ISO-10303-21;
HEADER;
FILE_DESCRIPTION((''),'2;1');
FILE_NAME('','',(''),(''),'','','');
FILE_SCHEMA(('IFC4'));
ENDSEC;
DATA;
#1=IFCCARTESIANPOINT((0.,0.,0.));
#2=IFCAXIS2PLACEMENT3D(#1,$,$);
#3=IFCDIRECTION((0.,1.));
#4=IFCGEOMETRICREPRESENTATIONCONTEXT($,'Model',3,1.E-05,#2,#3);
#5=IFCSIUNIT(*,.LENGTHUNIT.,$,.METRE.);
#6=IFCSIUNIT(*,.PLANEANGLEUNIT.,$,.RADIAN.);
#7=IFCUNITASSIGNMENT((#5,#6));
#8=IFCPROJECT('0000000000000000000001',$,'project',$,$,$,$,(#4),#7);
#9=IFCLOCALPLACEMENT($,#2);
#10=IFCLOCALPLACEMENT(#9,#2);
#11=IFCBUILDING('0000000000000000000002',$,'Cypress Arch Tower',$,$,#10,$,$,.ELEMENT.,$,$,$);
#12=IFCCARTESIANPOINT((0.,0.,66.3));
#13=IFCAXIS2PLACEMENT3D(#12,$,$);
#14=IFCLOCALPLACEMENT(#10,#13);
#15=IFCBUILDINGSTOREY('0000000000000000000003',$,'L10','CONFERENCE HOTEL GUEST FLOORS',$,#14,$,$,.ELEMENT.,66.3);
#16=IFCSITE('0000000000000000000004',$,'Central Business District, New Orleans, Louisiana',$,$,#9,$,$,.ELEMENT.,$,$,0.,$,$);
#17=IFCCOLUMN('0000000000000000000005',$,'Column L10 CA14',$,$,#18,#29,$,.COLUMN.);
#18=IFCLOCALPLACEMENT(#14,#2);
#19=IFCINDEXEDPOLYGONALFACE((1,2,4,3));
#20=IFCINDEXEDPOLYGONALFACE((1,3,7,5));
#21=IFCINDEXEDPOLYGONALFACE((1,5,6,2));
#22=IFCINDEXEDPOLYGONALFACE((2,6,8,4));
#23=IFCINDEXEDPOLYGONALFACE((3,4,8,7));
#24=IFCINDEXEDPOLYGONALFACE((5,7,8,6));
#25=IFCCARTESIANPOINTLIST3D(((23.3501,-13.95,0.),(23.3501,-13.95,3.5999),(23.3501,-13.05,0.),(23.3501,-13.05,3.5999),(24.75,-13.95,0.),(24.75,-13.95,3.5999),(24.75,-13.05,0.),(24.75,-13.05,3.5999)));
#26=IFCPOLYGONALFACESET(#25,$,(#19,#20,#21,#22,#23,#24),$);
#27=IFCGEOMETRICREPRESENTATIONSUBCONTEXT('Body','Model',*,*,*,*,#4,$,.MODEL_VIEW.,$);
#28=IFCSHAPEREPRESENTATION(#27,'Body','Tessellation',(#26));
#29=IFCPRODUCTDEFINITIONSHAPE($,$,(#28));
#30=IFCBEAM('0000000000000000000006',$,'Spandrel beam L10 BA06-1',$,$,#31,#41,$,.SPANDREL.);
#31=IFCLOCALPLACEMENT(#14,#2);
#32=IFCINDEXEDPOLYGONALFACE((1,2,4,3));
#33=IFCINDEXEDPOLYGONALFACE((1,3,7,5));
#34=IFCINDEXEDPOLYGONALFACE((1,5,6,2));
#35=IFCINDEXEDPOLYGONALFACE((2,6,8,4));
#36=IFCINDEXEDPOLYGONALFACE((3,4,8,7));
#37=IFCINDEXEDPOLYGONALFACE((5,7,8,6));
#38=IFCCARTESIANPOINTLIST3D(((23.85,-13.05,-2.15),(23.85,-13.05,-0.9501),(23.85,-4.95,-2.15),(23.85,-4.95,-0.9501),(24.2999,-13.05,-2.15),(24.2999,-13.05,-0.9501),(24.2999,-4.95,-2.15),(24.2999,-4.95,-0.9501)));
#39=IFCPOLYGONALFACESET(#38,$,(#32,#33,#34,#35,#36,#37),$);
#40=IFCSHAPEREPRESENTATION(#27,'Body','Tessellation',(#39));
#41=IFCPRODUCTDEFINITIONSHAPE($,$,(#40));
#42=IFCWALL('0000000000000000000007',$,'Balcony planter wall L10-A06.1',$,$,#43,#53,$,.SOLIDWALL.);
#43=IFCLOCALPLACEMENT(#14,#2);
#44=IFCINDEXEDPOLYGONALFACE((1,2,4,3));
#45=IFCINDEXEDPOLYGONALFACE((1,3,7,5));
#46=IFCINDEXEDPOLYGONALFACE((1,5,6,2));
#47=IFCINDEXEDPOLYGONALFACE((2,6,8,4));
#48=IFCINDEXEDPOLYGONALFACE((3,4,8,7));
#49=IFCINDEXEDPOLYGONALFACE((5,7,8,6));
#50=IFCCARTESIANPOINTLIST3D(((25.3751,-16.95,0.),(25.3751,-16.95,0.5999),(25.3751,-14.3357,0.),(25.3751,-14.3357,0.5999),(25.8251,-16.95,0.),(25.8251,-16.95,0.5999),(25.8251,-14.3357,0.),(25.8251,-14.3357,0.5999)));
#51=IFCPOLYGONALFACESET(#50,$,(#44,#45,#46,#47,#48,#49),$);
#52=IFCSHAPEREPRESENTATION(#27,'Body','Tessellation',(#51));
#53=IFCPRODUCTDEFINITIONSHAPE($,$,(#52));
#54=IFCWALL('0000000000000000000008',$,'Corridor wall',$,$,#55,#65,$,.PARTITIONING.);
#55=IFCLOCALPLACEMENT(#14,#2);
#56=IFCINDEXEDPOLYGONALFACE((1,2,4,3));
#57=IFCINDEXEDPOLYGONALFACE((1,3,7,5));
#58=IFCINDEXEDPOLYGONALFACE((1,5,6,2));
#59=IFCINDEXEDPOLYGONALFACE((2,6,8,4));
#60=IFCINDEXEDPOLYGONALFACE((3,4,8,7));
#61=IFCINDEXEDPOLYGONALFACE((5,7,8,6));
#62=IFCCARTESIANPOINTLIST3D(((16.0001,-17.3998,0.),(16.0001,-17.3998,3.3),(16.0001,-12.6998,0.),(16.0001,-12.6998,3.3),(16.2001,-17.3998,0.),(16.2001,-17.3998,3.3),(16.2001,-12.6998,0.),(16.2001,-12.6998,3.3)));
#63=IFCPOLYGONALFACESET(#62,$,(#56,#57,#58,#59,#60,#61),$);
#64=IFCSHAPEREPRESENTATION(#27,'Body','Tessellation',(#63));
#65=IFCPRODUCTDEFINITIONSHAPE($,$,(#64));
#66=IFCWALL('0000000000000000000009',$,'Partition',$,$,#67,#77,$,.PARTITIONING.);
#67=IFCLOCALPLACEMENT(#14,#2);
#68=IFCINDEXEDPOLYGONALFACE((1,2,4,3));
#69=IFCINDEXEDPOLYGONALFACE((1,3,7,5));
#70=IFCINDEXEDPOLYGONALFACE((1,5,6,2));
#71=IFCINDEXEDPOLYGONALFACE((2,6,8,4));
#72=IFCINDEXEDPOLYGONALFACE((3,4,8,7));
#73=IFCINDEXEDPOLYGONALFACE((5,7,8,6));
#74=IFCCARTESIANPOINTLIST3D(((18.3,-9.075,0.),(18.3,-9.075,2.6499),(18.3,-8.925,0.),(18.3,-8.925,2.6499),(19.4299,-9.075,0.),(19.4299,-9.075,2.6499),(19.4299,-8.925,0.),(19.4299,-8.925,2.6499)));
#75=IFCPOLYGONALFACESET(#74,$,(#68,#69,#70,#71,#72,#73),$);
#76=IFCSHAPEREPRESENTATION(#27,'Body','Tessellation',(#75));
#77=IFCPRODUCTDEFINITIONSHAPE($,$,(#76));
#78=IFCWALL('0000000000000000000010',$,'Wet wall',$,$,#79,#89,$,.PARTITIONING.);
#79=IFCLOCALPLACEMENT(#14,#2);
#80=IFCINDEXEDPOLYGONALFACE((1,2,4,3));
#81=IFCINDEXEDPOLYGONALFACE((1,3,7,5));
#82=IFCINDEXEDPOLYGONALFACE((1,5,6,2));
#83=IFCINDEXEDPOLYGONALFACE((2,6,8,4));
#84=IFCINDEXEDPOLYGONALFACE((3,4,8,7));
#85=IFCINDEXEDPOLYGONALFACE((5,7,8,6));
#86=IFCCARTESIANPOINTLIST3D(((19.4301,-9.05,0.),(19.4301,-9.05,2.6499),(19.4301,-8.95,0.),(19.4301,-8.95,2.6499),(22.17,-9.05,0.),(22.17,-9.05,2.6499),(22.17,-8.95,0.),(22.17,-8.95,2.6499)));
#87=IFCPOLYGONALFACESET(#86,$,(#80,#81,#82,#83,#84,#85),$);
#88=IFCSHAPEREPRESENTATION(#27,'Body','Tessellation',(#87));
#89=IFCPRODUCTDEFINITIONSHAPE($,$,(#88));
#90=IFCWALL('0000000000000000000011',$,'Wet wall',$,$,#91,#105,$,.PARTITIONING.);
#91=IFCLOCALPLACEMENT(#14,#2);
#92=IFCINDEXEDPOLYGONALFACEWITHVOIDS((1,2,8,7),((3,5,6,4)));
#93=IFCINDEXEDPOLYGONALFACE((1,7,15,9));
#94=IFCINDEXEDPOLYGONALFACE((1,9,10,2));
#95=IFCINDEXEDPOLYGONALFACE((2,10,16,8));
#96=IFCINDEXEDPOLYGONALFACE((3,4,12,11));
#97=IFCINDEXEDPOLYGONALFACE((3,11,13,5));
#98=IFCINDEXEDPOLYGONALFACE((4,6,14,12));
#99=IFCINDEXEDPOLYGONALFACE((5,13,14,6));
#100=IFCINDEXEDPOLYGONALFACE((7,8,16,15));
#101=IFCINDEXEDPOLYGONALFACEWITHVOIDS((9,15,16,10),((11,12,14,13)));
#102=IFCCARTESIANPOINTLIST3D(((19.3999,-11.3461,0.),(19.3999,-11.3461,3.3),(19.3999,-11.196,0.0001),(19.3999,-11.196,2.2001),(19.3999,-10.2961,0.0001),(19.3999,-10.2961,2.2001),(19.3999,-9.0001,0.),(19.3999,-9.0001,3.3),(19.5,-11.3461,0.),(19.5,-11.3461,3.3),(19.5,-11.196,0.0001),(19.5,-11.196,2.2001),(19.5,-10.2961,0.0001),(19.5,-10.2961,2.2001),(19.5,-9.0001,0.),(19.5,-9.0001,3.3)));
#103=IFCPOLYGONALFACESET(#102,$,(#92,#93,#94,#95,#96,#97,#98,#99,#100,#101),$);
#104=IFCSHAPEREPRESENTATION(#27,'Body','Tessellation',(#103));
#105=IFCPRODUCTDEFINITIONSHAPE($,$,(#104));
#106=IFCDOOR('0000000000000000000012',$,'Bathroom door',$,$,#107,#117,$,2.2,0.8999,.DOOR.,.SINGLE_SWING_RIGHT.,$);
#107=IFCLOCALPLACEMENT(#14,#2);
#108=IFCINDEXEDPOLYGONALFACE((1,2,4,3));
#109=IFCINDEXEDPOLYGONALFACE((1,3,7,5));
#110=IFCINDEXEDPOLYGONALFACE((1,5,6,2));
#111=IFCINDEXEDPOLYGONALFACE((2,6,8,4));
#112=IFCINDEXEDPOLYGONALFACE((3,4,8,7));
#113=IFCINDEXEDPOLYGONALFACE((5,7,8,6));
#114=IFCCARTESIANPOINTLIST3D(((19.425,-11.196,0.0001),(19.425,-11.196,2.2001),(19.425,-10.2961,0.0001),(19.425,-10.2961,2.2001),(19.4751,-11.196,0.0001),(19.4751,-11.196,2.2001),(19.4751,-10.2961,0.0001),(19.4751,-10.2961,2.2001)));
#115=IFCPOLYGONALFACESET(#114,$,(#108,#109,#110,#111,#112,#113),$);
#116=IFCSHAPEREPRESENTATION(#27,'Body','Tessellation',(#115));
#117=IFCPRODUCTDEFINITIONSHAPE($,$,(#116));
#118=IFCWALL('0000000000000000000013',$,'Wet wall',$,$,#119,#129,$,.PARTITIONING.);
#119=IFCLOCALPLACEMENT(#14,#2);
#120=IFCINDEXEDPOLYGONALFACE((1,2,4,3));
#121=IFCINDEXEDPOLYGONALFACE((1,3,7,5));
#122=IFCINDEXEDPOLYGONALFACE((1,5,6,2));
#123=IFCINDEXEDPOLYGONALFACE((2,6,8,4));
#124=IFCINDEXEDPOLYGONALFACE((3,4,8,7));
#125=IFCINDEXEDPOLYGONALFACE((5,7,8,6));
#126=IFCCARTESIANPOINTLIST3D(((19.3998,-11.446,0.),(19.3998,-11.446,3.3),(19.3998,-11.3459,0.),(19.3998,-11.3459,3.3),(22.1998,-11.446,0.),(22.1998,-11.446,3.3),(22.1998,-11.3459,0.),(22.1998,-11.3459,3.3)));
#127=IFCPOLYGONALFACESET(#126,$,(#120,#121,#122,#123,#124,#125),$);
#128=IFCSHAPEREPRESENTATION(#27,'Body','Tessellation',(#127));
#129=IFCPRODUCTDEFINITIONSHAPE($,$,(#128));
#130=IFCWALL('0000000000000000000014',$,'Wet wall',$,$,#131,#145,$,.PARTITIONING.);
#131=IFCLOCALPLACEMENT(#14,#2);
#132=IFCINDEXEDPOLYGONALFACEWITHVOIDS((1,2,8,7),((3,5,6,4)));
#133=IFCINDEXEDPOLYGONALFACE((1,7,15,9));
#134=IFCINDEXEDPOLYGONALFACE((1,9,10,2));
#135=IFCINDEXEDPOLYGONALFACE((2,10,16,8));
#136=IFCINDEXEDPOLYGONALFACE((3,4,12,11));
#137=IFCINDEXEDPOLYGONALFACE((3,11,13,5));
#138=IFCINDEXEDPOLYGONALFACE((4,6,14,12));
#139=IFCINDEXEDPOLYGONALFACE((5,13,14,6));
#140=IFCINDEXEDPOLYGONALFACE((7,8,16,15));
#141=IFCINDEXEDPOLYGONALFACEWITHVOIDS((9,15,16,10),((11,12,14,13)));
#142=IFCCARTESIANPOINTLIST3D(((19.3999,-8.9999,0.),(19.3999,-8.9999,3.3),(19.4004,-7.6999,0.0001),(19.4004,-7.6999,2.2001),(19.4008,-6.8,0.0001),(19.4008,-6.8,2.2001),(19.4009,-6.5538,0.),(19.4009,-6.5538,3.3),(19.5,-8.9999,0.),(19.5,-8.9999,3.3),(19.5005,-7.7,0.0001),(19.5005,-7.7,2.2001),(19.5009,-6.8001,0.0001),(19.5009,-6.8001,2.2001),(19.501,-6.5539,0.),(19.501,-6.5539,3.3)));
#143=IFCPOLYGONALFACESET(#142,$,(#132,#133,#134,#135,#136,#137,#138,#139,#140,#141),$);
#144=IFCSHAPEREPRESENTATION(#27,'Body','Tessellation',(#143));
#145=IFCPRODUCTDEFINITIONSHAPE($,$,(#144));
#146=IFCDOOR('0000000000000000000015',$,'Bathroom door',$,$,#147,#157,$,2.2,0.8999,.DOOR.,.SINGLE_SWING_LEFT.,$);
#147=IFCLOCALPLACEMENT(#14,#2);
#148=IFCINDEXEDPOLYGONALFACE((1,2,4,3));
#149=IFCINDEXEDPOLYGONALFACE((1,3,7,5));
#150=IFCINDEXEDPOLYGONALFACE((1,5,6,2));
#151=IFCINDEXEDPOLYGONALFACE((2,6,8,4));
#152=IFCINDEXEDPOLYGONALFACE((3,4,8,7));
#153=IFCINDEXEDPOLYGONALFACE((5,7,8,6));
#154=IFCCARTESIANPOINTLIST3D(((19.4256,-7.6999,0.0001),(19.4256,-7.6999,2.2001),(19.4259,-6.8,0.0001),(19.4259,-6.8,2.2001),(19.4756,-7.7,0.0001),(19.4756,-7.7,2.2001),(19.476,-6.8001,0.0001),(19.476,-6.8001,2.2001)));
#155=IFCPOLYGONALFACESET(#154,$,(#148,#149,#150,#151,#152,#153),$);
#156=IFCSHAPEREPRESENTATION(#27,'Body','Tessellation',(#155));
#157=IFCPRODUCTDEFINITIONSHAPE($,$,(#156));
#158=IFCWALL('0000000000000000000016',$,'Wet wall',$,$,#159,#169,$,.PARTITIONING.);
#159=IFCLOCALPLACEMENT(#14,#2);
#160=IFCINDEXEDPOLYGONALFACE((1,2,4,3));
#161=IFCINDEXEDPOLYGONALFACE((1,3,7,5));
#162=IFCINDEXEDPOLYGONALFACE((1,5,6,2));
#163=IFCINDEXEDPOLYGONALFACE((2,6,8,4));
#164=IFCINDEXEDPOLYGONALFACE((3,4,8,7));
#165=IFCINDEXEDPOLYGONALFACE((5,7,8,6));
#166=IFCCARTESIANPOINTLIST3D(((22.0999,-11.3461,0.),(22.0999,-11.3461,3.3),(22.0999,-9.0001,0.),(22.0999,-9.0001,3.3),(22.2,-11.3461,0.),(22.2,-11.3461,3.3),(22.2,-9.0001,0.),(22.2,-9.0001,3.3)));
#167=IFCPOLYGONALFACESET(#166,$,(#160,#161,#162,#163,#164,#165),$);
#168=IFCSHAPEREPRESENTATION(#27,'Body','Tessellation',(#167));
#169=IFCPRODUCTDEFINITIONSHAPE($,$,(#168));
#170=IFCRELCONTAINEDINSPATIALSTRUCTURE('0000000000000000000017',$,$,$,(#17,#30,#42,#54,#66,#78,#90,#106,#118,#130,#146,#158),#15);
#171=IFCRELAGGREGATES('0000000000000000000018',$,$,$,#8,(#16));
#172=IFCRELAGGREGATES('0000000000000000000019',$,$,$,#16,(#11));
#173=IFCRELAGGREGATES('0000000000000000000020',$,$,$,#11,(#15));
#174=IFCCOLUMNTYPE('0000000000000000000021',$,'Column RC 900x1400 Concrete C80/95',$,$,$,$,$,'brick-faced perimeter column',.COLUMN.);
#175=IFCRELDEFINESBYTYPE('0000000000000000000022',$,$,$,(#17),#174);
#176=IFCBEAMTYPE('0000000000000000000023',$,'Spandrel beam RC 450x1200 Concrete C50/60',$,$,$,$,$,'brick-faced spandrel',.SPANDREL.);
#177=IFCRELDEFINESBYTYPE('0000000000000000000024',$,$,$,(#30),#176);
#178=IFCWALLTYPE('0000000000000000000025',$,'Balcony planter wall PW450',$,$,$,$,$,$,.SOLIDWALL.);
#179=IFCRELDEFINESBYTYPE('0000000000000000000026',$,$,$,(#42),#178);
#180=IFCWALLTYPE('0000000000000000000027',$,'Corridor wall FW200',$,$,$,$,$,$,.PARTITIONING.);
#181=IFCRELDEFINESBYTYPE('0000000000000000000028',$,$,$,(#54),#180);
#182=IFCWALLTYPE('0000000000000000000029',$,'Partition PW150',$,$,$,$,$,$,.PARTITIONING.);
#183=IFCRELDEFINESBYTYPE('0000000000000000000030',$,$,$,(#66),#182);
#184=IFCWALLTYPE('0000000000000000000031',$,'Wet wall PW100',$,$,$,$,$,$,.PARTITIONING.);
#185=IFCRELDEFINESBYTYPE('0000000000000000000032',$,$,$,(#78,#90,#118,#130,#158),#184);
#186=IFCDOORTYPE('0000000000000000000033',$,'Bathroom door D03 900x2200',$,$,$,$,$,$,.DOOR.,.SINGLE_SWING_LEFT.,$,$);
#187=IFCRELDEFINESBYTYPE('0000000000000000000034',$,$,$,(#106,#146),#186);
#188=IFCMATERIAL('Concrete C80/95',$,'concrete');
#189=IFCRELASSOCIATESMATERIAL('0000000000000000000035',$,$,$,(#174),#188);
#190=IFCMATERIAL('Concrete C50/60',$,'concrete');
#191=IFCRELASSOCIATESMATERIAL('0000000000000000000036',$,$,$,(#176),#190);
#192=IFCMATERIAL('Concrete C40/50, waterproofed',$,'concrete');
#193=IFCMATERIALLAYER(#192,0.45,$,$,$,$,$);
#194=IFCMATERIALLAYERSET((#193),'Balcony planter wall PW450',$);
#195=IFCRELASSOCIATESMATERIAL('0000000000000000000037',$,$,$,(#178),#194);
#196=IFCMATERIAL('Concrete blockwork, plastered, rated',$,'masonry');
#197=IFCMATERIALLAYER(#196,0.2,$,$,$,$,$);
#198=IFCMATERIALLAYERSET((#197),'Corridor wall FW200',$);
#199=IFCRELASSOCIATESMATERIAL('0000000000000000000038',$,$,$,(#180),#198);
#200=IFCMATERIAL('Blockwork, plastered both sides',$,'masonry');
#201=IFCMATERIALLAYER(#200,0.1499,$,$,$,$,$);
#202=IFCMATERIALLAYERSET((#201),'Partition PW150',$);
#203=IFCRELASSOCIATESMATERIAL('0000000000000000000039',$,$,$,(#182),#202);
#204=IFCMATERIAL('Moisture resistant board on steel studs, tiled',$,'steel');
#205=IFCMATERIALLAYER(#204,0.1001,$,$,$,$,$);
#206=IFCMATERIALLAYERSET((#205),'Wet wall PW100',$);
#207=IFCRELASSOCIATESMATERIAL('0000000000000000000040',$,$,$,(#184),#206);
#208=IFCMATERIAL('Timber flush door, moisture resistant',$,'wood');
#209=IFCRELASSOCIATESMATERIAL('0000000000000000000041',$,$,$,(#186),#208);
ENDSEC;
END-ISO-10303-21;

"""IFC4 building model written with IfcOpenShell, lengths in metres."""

from ifc_helpers import new_model, si_unit, direction, frame, frame_2d, origin, origin_2d, place, context, subcontext, project, spatial, rectangle, extrude, material, layer, layer_set, material_profile, profile_set, type_object, element, fill, save


model = new_model("IFC4")

# Units and contexts
model_context = context("Model", 3, precision=1e-05, world=origin(), true_north=direction((0.0, 1.0)))
body_context = subcontext(model_context, "Body", "Model", "MODEL_VIEW")
ifc_project = project(units=[si_unit("LENGTHUNIT", "METRE"), si_unit("PLANEANGLEUNIT", "RADIAN")], contexts=[model_context])

# Site, building, storey
site_placement = place(None, origin())
site = spatial("IfcSite", under=ifc_project, at=site_placement, Name="Central Business District, New Orleans, Louisiana", CompositionType="ELEMENT", RefElevation=0.0)
building_placement = place(site_placement, origin())
building = spatial("IfcBuilding", under=site, at=building_placement, Name="Cypress Arch Tower", CompositionType="ELEMENT")
storey_placement = place(building_placement, frame((0.0, 0.0, 66.3)))
storey = spatial("IfcBuildingStorey", under=building, at=storey_placement, Name="L10", Description="CONFERENCE HOTEL GUEST FLOORS", CompositionType="ELEMENT", Elevation=66.3)

# Column
ifc_material_1 = material(Name="Concrete C80/95", Category="concrete")
ifc_material_profile_1 = material_profile(ifc_material_1, rectangle(XDim=0.8999, YDim=1.3999, at=origin_2d()), Name="RC 900x1400")
ifc_profile_set_1 = profile_set([ifc_material_profile_1], Name="Concrete C80/95")
column_type = type_object("IfcColumnType", Name="Column RC 900x1400 Concrete C80/95", ElementType="brick-faced perimeter column", PredefinedType="COLUMN", material=ifc_profile_set_1)
column_placement = place(storey_placement, frame((24.05, -13.5, 0.0), z_axis=(0.0, 0.0, 1.0), x_axis=(0.0, 1.0, 0.0)))
element("IfcColumn", 1, at=column_placement, inside=storey, type_object=column_type, Name="Column L10 CA14", PredefinedType="COLUMN", context=body_context, shape_type="SweptSolid", body=[
    extrude(rectangle(XDim=0.8999, YDim=1.3999, at=origin_2d()), origin(), (0.0, 0.0, 1.0), 3.5999),
])

# Beam
ifc_material_2 = material(Name="Concrete C50/60", Category="concrete")
ifc_material_profile_2 = material_profile(ifc_material_2, rectangle(XDim=0.45, YDim=1.2, at=origin_2d()), Name="RC 450x1200")
ifc_profile_set_2 = profile_set([ifc_material_profile_2], Name="Concrete C50/60")
beam_type = type_object("IfcBeamType", Name="Spandrel beam RC 450x1200 Concrete C50/60", ElementType="brick-faced spandrel", PredefinedType="SPANDREL", material=ifc_profile_set_2)
beam_placement = place(storey_placement, frame((24.075, -13.05, -1.55), z_axis=(0.0, 1.0, 0.0), x_axis=(-1.0, 0.0, 0.0)))
element("IfcBeam", 2, at=beam_placement, inside=storey, type_object=beam_type, Name="Spandrel beam L10 BA06-1", PredefinedType="SPANDREL", context=body_context, shape_type="SweptSolid", body=[
    extrude(rectangle(XDim=0.45, YDim=1.2, at=origin_2d()), origin(), (0.0, 0.0, 1.0), 8.1001),
])

# Wall
ifc_material_3 = material(Name="Concrete C40/50, waterproofed", Category="concrete")
ifc_layer_1 = layer(ifc_material_3, 0.45)
ifc_layer_set_1 = layer_set([ifc_layer_1], Name="Balcony planter wall PW450")
wall_type_1 = type_object("IfcWallType", Name="Balcony planter wall PW450", PredefinedType="SOLIDWALL", material=ifc_layer_set_1)
wall_1_placement = place(storey_placement, frame((25.6001, -16.95, 0.0), z_axis=(0.0, 0.0, 1.0), x_axis=(0.0, 1.0, 0.0)))
element("IfcWall", 3, at=wall_1_placement, inside=storey, type_object=wall_type_1, Name="Balcony planter wall L10-A06.1", PredefinedType="SOLIDWALL", context=body_context, shape_type="SweptSolid", body=[
    extrude(rectangle(XDim=2.6143, YDim=0.45, at=frame_2d((1.3071, 0.0))), origin(), (0.0, 0.0, 1.0), 0.5999),
])

# Walls
ifc_material_4 = material(Name="Concrete blockwork, plastered, rated", Category="masonry")
ifc_layer_2 = layer(ifc_material_4, 0.2)
ifc_layer_set_2 = layer_set([ifc_layer_2], Name="Corridor wall FW200")
wall_type_2 = type_object("IfcWallType", Name="Corridor wall FW200", PredefinedType="PARTITIONING", material=ifc_layer_set_2)
wall_2_placement = place(storey_placement, frame((16.1001, -17.3999, 0.0), z_axis=(0.0, 0.0, 1.0), x_axis=(0.0, 1.0, 0.0)))
element("IfcWall", 4, at=wall_2_placement, inside=storey, type_object=wall_type_2, Name="Corridor wall", PredefinedType="PARTITIONING", context=body_context, shape_type="SweptSolid", body=[
    extrude(rectangle(XDim=4.7, YDim=0.2, at=frame_2d((2.3501, 0.0))), origin(), (0.0, 0.0, 1.0), 3.3),
])
ifc_material_5 = material(Name="Blockwork, plastered both sides", Category="masonry")
ifc_layer_3 = layer(ifc_material_5, 0.1499)
ifc_layer_set_3 = layer_set([ifc_layer_3], Name="Partition PW150")
wall_type_3 = type_object("IfcWallType", Name="Partition PW150", PredefinedType="PARTITIONING", material=ifc_layer_set_3)
wall_3_placement = place(storey_placement, frame((18.3, -9.0, 0.0), z_axis=(0.0, 0.0, 1.0), x_axis=(1.0, 0.0, 0.0)))
element("IfcWall", 5, at=wall_3_placement, inside=storey, type_object=wall_type_3, Name="Partition", PredefinedType="PARTITIONING", context=body_context, shape_type="SweptSolid", body=[
    extrude(rectangle(XDim=1.1299, YDim=0.1499, at=frame_2d((0.5649, 0.0))), origin(), (0.0, 0.0, 1.0), 2.6499),
])
ifc_material_6 = material(Name="Moisture resistant board on steel studs, tiled", Category="steel")
ifc_layer_4 = layer(ifc_material_6, 0.1001)
ifc_layer_set_4 = layer_set([ifc_layer_4], Name="Wet wall PW100")
wall_type_4 = type_object("IfcWallType", Name="Wet wall PW100", PredefinedType="PARTITIONING", material=ifc_layer_set_4)
wall_4_placement = place(storey_placement, frame((19.4299, -9.0, 0.0), z_axis=(0.0, 0.0, 1.0), x_axis=(1.0, 0.0, 0.0)))
element("IfcWall", 6, at=wall_4_placement, inside=storey, type_object=wall_type_4, Name="Wet wall", PredefinedType="PARTITIONING", context=body_context, shape_type="SweptSolid", body=[
    extrude(rectangle(XDim=2.74, YDim=0.1001, at=frame_2d((1.3701, 0.0))), origin(), (0.0, 0.0, 1.0), 2.6499),
])

# Wall, opening, door
wall_5_placement = place(storey_placement, frame((19.45, -11.3459, 0.0), z_axis=(0.0, 0.0, 1.0), x_axis=(0.0, 1.0, 0.0)))
wall_5 = element("IfcWall", 7, at=wall_5_placement, inside=storey, type_object=wall_type_4, Name="Wet wall", PredefinedType="PARTITIONING", context=body_context, shape_type="SweptSolid", body=[
    extrude(rectangle(XDim=2.3459, YDim=0.1001, at=frame_2d((1.1729, 0.0))), origin(), (0.0, 0.0, 1.0), 3.3),
])
opening_1_placement = place(wall_5_placement, frame((0.1499, 0.0, 0.0)))
opening_1 = element("IfcOpeningElement", 8, at=opening_1_placement, cuts=wall_5, PredefinedType="OPENING", context=body_context, shape_type="SweptSolid", body=[
    extrude(rectangle(XDim=0.8999, YDim=2.2, at=frame_2d((0.45, 1.1001))), frame((0.0, 0.0601, 0.0), z_axis=(0.0, -1.0, 0.0), x_axis=(1.0, 0.0, 0.0)), (0.0, 0.0, 1.0), 0.1201),
])
ifc_material_7 = material(Name="Timber flush door, moisture resistant", Category="wood")
door_type_1 = type_object("IfcDoorType", Name="Bathroom door D03 900x2200", OperationType="SINGLE_SWING_LEFT", PredefinedType="DOOR", material=ifc_material_7)
door_1_placement = place(opening_1_placement, origin())
door_1 = element("IfcDoor", 9, at=door_1_placement, inside=storey, type_object=door_type_1, Name="Bathroom door", OperationType="SINGLE_SWING_RIGHT", OverallHeight=2.2, OverallWidth=0.8999, PredefinedType="DOOR", context=body_context, shape_type="SweptSolid", body=[
    extrude(rectangle(XDim=0.8999, YDim=2.2, at=frame_2d((0.45, 1.1001))), frame((0.0, 0.0249, 0.0), z_axis=(0.0, -1.0, 0.0), x_axis=(1.0, 0.0, 0.0)), (0.0, 0.0, 1.0), 0.05),
])
fill(opening_1, door_1)

# Wall
wall_6_placement = place(storey_placement, frame((19.3999, -11.396, 0.0), z_axis=(0.0, 0.0, 1.0), x_axis=(1.0, 0.0, 0.0)))
element("IfcWall", 10, at=wall_6_placement, inside=storey, type_object=wall_type_4, Name="Wet wall", PredefinedType="PARTITIONING", context=body_context, shape_type="SweptSolid", body=[
    extrude(rectangle(XDim=2.8, YDim=0.1001, at=frame_2d((1.3999, 0.0))), origin(), (0.0, 0.0, 1.0), 3.3),
])

# Wall, opening, door
wall_7_placement = place(storey_placement, frame((19.45, -9.0, 0.0), z_axis=(0.0, 0.0, 1.0), x_axis=(0.000399, 1.0, 0.0)))
wall_7 = element("IfcWall", 11, at=wall_7_placement, inside=storey, type_object=wall_type_4, Name="Wet wall", PredefinedType="PARTITIONING", context=body_context, shape_type="SweptSolid", body=[
    extrude(rectangle(XDim=2.446, YDim=0.1001, at=frame_2d((1.2231, 0.0))), origin(), (0.0, 0.0, 1.0), 3.3),
])
opening_2_placement = place(wall_7_placement, frame((1.3, 0.0, 0.0)))
opening_2 = element("IfcOpeningElement", 12, at=opening_2_placement, cuts=wall_7, PredefinedType="OPENING", context=body_context, shape_type="SweptSolid", body=[
    extrude(rectangle(XDim=0.8999, YDim=2.2, at=frame_2d((0.45, 1.1001))), frame((0.0, 0.0601, 0.0), z_axis=(0.0, -1.0, 0.0), x_axis=(1.0, 0.0, 0.0)), (0.0, 0.0, 1.0), 0.1201),
])
door_2_placement = place(opening_2_placement, origin())
door_2 = element("IfcDoor", 13, at=door_2_placement, inside=storey, type_object=door_type_1, Name="Bathroom door", OperationType="SINGLE_SWING_LEFT", OverallHeight=2.2, OverallWidth=0.8999, PredefinedType="DOOR", context=body_context, shape_type="SweptSolid", body=[
    extrude(rectangle(XDim=0.8999, YDim=2.2, at=frame_2d((0.45, 1.1001))), frame((0.0, 0.0249, 0.0), z_axis=(0.0, -1.0, 0.0), x_axis=(1.0, 0.0, 0.0)), (0.0, 0.0, 1.0), 0.05),
])
fill(opening_2, door_2)

# Wall
wall_8_placement = place(storey_placement, frame((22.1499, -11.3459, 0.0), z_axis=(0.0, 0.0, 1.0), x_axis=(0.0, 1.0, 0.0)))
element("IfcWall", 14, at=wall_8_placement, inside=storey, type_object=wall_type_4, Name="Wet wall", PredefinedType="PARTITIONING", context=body_context, shape_type="SweptSolid", body=[
    extrude(rectangle(XDim=2.3459, YDim=0.1001, at=frame_2d((1.1729, 0.0))), origin(), (0.0, 0.0, 1.0), 3.3),
])

save(model, "model.ifc")
